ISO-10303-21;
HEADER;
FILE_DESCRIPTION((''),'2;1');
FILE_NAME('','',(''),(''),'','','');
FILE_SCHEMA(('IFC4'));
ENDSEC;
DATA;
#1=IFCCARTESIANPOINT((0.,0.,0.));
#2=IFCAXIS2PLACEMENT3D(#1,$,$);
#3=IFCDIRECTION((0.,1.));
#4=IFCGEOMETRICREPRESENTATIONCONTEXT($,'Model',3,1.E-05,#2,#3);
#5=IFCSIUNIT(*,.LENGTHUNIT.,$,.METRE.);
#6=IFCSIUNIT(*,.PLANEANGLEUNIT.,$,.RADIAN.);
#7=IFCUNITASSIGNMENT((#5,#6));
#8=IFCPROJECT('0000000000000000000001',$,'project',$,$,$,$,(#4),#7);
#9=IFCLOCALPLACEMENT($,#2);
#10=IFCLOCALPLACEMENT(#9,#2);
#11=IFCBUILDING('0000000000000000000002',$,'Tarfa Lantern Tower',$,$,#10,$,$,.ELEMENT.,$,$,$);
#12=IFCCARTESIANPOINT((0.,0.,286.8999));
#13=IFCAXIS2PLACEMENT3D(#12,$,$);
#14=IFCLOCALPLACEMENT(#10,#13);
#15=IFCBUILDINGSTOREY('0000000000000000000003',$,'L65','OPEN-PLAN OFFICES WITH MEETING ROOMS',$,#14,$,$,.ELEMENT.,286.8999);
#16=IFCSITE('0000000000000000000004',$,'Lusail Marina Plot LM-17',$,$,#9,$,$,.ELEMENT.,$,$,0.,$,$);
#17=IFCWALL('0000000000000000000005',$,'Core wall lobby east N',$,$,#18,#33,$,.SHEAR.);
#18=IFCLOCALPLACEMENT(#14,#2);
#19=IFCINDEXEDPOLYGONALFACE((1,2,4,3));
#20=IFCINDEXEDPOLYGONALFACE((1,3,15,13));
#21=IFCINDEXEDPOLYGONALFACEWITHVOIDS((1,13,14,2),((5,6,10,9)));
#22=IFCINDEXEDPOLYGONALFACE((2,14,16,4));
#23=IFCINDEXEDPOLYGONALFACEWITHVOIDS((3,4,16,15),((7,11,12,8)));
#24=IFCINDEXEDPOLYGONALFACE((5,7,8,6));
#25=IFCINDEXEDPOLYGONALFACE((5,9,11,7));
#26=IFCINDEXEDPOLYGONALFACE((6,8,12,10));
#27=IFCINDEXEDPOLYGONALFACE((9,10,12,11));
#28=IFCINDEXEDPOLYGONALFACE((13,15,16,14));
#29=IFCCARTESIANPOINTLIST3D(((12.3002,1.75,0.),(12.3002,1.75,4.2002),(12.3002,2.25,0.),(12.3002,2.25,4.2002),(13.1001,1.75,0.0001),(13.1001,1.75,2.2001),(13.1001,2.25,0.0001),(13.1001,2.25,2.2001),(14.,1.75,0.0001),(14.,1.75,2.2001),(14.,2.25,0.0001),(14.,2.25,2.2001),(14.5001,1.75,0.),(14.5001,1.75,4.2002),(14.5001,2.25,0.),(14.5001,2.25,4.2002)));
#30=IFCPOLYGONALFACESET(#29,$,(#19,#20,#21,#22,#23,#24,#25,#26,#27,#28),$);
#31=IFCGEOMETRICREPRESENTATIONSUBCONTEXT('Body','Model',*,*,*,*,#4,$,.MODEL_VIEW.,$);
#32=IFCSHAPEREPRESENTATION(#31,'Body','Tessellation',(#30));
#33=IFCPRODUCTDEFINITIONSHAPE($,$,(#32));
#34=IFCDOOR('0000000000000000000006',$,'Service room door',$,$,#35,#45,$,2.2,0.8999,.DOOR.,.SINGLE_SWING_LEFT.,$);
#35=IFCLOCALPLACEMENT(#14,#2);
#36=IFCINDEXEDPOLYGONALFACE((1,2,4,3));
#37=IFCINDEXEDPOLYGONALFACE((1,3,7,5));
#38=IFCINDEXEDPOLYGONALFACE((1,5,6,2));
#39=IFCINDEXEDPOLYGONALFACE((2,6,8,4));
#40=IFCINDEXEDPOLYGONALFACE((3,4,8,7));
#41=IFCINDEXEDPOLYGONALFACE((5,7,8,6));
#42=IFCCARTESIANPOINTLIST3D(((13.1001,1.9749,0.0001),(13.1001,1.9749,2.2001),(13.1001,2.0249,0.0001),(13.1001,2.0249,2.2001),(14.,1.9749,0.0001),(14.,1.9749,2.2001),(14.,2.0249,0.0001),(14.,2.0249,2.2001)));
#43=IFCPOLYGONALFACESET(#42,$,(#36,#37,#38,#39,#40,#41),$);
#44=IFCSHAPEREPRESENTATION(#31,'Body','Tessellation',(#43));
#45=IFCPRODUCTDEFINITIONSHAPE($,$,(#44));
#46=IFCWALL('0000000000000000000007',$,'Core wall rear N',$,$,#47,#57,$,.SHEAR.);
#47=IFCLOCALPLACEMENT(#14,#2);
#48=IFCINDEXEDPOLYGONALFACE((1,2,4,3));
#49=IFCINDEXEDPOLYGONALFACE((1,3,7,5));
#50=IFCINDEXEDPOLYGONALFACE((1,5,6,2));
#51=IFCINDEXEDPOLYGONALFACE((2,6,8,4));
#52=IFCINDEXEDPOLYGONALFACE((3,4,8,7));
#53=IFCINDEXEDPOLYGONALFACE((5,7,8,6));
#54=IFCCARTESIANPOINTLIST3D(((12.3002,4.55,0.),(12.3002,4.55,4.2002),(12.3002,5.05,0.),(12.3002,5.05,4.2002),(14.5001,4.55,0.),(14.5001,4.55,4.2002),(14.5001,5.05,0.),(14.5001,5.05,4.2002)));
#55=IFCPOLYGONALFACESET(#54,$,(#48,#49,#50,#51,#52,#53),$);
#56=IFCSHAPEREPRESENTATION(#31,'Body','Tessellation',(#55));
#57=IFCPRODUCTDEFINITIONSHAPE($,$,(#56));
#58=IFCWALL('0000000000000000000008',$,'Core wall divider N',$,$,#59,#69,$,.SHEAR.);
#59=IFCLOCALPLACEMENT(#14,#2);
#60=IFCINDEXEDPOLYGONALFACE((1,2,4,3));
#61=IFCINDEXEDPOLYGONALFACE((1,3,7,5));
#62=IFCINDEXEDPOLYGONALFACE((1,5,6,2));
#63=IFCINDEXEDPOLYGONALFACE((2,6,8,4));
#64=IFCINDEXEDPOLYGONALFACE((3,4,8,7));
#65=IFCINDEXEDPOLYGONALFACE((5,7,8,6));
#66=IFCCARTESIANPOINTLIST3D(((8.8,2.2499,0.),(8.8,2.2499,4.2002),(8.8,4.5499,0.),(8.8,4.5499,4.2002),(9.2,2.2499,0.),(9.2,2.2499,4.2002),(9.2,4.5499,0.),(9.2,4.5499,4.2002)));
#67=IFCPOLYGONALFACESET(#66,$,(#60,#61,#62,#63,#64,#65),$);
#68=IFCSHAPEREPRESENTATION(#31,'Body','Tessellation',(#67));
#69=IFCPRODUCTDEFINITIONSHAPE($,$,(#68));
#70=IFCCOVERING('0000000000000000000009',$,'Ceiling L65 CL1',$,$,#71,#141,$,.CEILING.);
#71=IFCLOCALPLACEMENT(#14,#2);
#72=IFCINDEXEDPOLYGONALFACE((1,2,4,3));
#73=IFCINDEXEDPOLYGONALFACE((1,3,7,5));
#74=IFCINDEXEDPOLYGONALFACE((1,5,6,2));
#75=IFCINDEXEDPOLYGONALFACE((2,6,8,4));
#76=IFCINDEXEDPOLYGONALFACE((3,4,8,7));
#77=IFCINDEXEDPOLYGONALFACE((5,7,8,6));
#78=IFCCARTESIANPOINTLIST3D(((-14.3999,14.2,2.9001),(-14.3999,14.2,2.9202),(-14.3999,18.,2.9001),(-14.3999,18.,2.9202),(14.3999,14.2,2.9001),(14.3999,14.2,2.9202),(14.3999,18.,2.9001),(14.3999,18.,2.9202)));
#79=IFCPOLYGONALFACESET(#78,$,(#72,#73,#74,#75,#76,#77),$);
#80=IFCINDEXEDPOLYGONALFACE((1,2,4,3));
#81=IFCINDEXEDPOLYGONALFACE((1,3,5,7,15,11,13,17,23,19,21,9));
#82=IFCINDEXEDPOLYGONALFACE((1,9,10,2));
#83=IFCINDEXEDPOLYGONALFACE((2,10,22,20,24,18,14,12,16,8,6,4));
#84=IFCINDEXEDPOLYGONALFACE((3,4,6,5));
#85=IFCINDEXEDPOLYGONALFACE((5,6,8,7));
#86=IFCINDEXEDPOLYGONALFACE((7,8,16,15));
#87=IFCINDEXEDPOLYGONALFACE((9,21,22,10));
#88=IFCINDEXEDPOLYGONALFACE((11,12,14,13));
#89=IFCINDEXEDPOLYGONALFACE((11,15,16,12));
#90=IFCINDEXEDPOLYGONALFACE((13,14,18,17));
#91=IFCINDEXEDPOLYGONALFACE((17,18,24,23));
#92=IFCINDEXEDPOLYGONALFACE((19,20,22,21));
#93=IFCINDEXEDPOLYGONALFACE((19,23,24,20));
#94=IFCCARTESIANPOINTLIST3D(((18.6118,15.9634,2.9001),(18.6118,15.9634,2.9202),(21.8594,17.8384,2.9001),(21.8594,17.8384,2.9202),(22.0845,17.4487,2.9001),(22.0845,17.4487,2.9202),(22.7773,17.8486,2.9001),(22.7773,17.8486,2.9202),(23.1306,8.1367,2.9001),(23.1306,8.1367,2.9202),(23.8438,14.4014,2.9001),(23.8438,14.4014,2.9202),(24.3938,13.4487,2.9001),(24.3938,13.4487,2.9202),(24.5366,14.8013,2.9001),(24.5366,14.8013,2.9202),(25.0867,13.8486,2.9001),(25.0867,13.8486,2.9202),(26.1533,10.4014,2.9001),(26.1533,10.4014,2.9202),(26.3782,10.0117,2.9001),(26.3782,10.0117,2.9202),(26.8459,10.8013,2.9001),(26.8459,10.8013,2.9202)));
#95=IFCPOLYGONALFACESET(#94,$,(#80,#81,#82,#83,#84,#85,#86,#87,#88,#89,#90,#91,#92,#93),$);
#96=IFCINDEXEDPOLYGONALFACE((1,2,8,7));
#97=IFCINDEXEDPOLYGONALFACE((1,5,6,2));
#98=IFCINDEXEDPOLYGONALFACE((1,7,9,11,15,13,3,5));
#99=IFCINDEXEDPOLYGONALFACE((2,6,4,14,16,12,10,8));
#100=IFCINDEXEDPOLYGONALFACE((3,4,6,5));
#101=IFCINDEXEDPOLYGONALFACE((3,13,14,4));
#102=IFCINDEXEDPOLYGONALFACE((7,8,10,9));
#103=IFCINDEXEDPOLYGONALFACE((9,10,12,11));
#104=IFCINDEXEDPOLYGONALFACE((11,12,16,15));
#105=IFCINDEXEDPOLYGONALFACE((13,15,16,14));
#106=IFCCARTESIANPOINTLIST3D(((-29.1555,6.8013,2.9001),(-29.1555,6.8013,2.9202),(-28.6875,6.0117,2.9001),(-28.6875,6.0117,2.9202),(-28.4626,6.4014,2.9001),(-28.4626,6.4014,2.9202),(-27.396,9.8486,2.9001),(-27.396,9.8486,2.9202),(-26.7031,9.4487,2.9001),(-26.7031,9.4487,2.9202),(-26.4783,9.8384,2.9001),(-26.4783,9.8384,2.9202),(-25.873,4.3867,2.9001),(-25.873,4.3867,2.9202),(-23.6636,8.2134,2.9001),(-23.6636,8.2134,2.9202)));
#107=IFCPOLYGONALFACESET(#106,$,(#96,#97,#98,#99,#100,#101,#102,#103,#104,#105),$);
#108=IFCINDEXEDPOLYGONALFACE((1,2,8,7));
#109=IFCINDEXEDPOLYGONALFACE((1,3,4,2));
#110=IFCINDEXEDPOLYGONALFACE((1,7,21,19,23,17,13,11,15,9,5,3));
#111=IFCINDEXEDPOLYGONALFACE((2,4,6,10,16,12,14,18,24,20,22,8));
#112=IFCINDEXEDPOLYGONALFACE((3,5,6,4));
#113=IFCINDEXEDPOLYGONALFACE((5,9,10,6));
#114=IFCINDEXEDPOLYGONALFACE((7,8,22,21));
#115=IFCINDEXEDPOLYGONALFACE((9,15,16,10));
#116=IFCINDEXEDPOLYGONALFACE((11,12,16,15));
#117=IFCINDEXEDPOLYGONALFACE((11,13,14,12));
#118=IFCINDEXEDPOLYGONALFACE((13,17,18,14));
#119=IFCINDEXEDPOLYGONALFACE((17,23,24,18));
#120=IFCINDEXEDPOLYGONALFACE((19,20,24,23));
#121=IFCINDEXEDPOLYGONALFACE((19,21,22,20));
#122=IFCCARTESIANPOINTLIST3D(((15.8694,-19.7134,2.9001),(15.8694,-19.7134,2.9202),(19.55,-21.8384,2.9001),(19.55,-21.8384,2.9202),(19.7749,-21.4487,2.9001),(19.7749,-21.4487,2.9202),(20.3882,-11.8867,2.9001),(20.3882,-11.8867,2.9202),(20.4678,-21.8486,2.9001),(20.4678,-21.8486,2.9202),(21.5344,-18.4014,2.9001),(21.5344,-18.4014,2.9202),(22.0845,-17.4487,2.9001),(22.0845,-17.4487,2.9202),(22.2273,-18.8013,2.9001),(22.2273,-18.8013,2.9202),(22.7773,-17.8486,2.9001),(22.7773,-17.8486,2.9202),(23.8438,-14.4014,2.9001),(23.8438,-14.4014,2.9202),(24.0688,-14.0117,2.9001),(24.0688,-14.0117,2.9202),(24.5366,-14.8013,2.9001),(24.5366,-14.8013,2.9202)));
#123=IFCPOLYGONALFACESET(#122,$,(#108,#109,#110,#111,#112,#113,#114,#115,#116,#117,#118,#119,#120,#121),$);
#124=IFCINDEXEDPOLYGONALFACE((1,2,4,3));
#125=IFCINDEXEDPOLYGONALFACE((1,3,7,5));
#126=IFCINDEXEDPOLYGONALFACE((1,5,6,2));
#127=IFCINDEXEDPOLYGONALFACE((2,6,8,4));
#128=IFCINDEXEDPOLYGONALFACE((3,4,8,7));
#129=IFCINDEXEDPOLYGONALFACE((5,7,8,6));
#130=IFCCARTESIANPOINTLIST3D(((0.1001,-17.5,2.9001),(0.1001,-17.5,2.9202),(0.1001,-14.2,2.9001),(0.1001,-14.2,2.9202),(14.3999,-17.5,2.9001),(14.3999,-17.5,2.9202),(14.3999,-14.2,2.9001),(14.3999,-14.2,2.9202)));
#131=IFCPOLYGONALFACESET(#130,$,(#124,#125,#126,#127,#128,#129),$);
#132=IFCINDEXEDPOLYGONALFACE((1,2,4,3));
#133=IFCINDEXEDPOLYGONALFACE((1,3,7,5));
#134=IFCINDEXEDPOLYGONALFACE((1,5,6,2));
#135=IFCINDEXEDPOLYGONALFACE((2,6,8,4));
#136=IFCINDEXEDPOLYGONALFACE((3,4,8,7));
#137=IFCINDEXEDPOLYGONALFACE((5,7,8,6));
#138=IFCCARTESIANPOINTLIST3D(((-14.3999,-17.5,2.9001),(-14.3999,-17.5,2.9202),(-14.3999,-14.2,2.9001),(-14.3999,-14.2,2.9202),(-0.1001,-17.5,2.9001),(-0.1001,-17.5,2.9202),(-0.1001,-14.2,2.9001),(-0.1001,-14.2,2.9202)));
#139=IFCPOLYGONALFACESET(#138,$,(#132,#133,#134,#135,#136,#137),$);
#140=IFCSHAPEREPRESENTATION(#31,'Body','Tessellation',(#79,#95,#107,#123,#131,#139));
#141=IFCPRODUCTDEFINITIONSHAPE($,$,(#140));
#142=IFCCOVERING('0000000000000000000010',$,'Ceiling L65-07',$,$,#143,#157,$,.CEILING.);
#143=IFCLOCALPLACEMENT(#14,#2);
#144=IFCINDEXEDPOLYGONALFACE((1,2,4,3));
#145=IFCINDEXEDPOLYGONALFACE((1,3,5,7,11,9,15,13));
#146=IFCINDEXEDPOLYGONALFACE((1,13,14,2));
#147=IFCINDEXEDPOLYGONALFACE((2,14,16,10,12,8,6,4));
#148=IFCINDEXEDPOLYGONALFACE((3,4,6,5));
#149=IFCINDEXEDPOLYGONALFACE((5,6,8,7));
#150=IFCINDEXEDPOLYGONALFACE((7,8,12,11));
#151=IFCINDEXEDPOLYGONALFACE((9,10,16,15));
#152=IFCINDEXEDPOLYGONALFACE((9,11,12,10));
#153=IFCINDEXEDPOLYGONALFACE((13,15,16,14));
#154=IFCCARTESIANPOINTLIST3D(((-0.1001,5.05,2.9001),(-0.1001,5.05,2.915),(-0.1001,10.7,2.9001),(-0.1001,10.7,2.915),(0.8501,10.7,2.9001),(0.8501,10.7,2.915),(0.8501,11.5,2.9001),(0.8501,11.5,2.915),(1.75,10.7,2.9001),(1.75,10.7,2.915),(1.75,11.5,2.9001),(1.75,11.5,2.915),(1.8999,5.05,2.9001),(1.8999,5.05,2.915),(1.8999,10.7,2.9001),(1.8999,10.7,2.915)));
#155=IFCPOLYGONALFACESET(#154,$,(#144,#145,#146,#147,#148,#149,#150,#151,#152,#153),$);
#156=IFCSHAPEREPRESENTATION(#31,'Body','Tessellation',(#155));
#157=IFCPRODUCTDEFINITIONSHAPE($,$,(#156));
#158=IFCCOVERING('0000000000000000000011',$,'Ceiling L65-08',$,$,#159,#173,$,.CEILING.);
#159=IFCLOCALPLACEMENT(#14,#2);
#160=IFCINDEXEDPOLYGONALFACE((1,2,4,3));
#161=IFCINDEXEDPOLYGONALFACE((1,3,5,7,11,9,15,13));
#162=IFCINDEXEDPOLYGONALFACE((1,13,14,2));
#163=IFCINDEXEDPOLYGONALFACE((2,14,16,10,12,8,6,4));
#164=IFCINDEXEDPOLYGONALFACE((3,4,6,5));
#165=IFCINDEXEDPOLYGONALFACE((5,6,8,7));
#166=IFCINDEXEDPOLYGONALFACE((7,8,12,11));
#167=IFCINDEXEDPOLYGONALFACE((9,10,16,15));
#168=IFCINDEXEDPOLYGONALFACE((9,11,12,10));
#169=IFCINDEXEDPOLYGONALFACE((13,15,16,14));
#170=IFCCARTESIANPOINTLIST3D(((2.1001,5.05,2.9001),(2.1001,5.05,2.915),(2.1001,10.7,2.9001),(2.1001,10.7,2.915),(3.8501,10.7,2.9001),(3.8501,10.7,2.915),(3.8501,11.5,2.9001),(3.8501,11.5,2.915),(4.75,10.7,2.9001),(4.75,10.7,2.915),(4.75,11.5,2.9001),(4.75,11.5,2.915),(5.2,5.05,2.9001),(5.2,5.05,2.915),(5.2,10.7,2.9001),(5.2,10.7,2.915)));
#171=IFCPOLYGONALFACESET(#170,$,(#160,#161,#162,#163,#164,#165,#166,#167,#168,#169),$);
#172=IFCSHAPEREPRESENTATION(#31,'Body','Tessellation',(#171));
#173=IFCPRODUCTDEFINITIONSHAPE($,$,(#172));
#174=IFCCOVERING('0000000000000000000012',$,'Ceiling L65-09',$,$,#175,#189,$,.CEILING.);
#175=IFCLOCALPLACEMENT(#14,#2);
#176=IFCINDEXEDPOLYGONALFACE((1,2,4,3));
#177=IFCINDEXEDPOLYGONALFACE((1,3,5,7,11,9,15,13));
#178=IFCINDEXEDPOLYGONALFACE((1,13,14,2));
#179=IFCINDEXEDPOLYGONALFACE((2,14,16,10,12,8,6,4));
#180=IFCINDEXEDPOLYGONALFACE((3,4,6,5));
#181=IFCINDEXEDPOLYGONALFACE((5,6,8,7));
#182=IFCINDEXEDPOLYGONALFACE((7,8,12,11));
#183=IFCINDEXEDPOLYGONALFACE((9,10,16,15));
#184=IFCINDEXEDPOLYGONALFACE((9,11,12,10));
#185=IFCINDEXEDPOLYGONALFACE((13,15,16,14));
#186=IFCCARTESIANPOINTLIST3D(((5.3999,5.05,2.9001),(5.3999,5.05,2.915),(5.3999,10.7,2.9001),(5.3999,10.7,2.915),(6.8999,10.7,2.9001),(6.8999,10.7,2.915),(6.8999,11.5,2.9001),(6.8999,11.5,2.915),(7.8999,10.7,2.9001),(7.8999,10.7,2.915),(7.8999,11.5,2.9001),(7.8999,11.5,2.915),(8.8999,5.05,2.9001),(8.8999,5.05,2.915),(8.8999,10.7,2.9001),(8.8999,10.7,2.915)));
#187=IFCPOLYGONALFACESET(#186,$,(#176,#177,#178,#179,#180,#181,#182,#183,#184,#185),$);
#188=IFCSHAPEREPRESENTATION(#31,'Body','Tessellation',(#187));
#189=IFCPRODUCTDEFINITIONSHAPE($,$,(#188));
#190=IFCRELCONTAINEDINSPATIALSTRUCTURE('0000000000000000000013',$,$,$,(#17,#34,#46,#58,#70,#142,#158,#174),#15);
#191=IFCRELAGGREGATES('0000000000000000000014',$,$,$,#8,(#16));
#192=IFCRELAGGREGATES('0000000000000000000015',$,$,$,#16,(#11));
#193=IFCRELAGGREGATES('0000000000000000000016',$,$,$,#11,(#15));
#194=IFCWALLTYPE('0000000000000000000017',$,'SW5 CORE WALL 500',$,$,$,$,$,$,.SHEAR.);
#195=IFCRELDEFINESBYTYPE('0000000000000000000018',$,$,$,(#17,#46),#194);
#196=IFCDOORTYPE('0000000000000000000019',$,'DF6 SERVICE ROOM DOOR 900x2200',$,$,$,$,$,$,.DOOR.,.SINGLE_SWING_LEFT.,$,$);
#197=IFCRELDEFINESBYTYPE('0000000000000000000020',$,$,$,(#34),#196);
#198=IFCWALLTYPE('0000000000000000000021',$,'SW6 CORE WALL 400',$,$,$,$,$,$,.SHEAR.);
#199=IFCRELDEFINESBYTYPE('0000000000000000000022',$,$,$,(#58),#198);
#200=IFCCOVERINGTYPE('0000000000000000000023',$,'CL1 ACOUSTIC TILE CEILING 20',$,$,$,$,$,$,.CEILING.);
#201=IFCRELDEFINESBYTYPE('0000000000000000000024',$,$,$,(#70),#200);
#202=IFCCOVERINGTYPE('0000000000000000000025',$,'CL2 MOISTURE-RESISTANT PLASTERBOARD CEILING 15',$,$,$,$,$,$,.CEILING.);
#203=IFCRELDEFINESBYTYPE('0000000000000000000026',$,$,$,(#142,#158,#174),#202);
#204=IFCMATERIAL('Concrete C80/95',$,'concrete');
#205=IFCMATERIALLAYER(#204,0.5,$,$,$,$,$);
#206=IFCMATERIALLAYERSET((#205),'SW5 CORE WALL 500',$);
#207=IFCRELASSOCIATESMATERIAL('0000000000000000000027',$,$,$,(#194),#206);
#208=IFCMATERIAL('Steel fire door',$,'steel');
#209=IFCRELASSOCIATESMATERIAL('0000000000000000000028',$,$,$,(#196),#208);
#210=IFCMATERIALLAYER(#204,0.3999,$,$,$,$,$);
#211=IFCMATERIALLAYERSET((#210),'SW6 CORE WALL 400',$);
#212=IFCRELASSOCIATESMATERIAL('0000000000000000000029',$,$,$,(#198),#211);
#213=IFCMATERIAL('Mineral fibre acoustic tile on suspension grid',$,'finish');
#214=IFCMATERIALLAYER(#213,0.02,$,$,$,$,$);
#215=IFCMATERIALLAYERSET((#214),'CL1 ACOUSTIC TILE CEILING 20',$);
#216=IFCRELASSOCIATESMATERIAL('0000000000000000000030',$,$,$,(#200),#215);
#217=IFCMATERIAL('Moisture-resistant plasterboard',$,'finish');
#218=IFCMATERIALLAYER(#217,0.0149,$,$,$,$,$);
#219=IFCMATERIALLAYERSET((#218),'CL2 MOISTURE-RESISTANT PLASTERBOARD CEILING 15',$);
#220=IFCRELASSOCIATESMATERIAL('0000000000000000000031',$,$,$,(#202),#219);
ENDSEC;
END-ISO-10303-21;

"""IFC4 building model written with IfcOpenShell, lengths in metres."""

from ifc_helpers import new_model, si_unit, direction, frame, frame_2d, origin, place, context, subcontext, project, spatial, polyline, rectangle, outline, extrude, material, layer, layer_set, type_object, element, fill, save


model = new_model("IFC4")

# Units and contexts
model_context = context("Model", 3, precision=1e-05, world=origin(), true_north=direction((0.0, 1.0)))
body_context = subcontext(model_context, "Body", "Model", "MODEL_VIEW")
ifc_project = project(units=[si_unit("LENGTHUNIT", "METRE"), si_unit("PLANEANGLEUNIT", "RADIAN")], contexts=[model_context])

# Site, building, storey
site_placement = place(None, origin())
site = spatial("IfcSite", under=ifc_project, at=site_placement, Name="Lusail Marina Plot LM-17", CompositionType="ELEMENT", RefElevation=0.0)
building_placement = place(site_placement, origin())
building = spatial("IfcBuilding", under=site, at=building_placement, Name="Tarfa Lantern Tower", CompositionType="ELEMENT")
storey_placement = place(building_placement, frame((0.0, 0.0, 286.8999)))
storey = spatial("IfcBuildingStorey", under=building, at=storey_placement, Name="L65", Description="OPEN-PLAN OFFICES WITH MEETING ROOMS", CompositionType="ELEMENT", Elevation=286.8999)

# Wall, opening, door
ifc_material_1 = material(Name="Concrete C80/95", Category="concrete")
ifc_layer_1 = layer(ifc_material_1, 0.5)
ifc_layer_set_1 = layer_set([ifc_layer_1], Name="SW5 CORE WALL 500")
wall_type_1 = type_object("IfcWallType", Name="SW5 CORE WALL 500", PredefinedType="SHEAR", material=ifc_layer_set_1)
wall_1_placement = place(storey_placement, frame((12.3, 2.0, 0.0), z_axis=(0.0, 0.0, 1.0), x_axis=(1.0, 0.0, 0.0)))
wall_1 = element("IfcWall", 1, at=wall_1_placement, inside=storey, type_object=wall_type_1, Name="Core wall lobby east N", PredefinedType="SHEAR", context=body_context, shape_type="SweptSolid", body=[
    extrude(rectangle(XDim=2.2, YDim=0.5, at=frame_2d((1.1001, 0.0))), origin(), (0.0, 0.0, 1.0), 4.2002),
])
opening_1_placement = place(wall_1_placement, frame((0.8, 0.0, 0.0)))
opening_1 = element("IfcOpeningElement", 2, at=opening_1_placement, cuts=wall_1, PredefinedType="OPENING", context=body_context, shape_type="SweptSolid", body=[
    extrude(rectangle(XDim=0.8999, YDim=2.2, at=frame_2d((0.45, 1.1001))), frame((0.0, 0.26, 0.0), z_axis=(0.0, -1.0, 0.0), x_axis=(1.0, 0.0, 0.0)), (0.0, 0.0, 1.0), 0.52),
])
ifc_material_2 = material(Name="Steel fire door", Category="steel")
door_type_1 = type_object("IfcDoorType", Name="DF6 SERVICE ROOM DOOR 900x2200", OperationType="SINGLE_SWING_LEFT", PredefinedType="DOOR", material=ifc_material_2)
door_1_placement = place(opening_1_placement, origin())
door_1 = element("IfcDoor", 3, at=door_1_placement, inside=storey, type_object=door_type_1, Name="Service room door", OperationType="SINGLE_SWING_LEFT", OverallHeight=2.2, OverallWidth=0.8999, PredefinedType="DOOR", context=body_context, shape_type="SweptSolid", body=[
    extrude(rectangle(XDim=0.8999, YDim=2.2, at=frame_2d((0.45, 1.1001))), frame((0.0, 0.0249, 0.0), z_axis=(0.0, -1.0, 0.0), x_axis=(1.0, 0.0, 0.0)), (0.0, 0.0, 1.0), 0.05),
])
fill(opening_1, door_1)

# Walls
wall_2_placement = place(storey_placement, frame((12.3, 4.8, 0.0), z_axis=(0.0, 0.0, 1.0), x_axis=(1.0, 0.0, 0.0)))
element("IfcWall", 4, at=wall_2_placement, inside=storey, type_object=wall_type_1, Name="Core wall rear N", PredefinedType="SHEAR", context=body_context, shape_type="SweptSolid", body=[
    extrude(rectangle(XDim=2.2, YDim=0.5, at=frame_2d((1.1001, 0.0))), origin(), (0.0, 0.0, 1.0), 4.2002),
])
ifc_layer_2 = layer(ifc_material_1, 0.3999)
ifc_layer_set_2 = layer_set([ifc_layer_2], Name="SW6 CORE WALL 400")
wall_type_2 = type_object("IfcWallType", Name="SW6 CORE WALL 400", PredefinedType="SHEAR", material=ifc_layer_set_2)
wall_3_placement = place(storey_placement, frame((9.0, 2.25, 0.0), z_axis=(0.0, 0.0, 1.0), x_axis=(0.0, 1.0, 0.0)))
element("IfcWall", 5, at=wall_3_placement, inside=storey, type_object=wall_type_2, Name="Core wall divider N", PredefinedType="SHEAR", context=body_context, shape_type="SweptSolid", body=[
    extrude(rectangle(XDim=2.3, YDim=0.3999, at=frame_2d((1.1499, 0.0))), origin(), (0.0, 0.0, 1.0), 4.2002),
])

# Coverings
ifc_material_3 = material(Name="Mineral fibre acoustic tile on suspension grid", Category="finish")
ifc_layer_3 = layer(ifc_material_3, 0.02)
ifc_layer_set_3 = layer_set([ifc_layer_3], Name="CL1 ACOUSTIC TILE CEILING 20")
covering_type_1 = type_object("IfcCoveringType", Name="CL1 ACOUSTIC TILE CEILING 20", PredefinedType="CEILING", material=ifc_layer_set_3)
covering_1_placement = place(storey_placement, frame((0.0, 0.0, 2.9001)))
element("IfcCovering", 6, at=covering_1_placement, inside=storey, type_object=covering_type_1, Name="Ceiling L65 CL1", PredefinedType="CEILING", context=body_context, shape_type="SweptSolid", body=[
    extrude(outline(polyline([(-14.3999, 18.0), (14.3999, 18.0), (14.3999, 14.2), (-14.3999, 14.2), (-14.3999, 18.0)])), origin(), (0.0, 0.0, 1.0), 0.02),
    extrude(outline(polyline([(18.6118, 15.9634), (21.8594, 17.8384), (22.0845, 17.4487), (22.7773, 17.8486), (24.5366, 14.8013), (23.8438, 14.4014), (24.3938, 13.4487), (25.0867, 13.8486), (26.8459, 10.8013), (26.1533, 10.4014), (26.3782, 10.0117), (23.1306, 8.1367), (18.6118, 15.9634)])), origin(), (0.0, 0.0, 1.0), 0.02),
    extrude(outline(polyline([(-25.873, 4.3867), (-28.6875, 6.0117), (-28.4626, 6.4014), (-29.1555, 6.8013), (-27.396, 9.8486), (-26.7031, 9.4487), (-26.4783, 9.8384), (-23.6636, 8.2134), (-25.873, 4.3867)])), origin(), (0.0, 0.0, 1.0), 0.02),
    extrude(outline(polyline([(20.3882, -11.8867), (24.0688, -14.0117), (23.8438, -14.4014), (24.5366, -14.8013), (22.7773, -17.8486), (22.0845, -17.4487), (21.5344, -18.4014), (22.2273, -18.8013), (20.4678, -21.8486), (19.7749, -21.4487), (19.55, -21.8384), (15.8694, -19.7134), (20.3882, -11.8867)])), origin(), (0.0, 0.0, 1.0), 0.02),
    extrude(outline(polyline([(0.1001, -14.2), (14.3999, -14.2), (14.3999, -17.5), (0.1001, -17.5), (0.1001, -14.2)])), origin(), (0.0, 0.0, 1.0), 0.02),
    extrude(outline(polyline([(-14.3999, -14.2), (-0.1001, -14.2), (-0.1001, -17.5), (-14.3999, -17.5), (-14.3999, -14.2)])), origin(), (0.0, 0.0, 1.0), 0.02),
])
ifc_material_4 = material(Name="Moisture-resistant plasterboard", Category="finish")
ifc_layer_4 = layer(ifc_material_4, 0.0149)
ifc_layer_set_4 = layer_set([ifc_layer_4], Name="CL2 MOISTURE-RESISTANT PLASTERBOARD CEILING 15")
covering_type_2 = type_object("IfcCoveringType", Name="CL2 MOISTURE-RESISTANT PLASTERBOARD CEILING 15", PredefinedType="CEILING", material=ifc_layer_set_4)
covering_2_placement = place(storey_placement, frame((0.0, 0.0, 2.9001)))
element("IfcCovering", 7, at=covering_2_placement, inside=storey, type_object=covering_type_2, Name="Ceiling L65-07", PredefinedType="CEILING", context=body_context, shape_type="SweptSolid", body=[
    extrude(outline(polyline([(0.8501, 10.7), (-0.1001, 10.7), (-0.1001, 5.05), (1.8999, 5.05), (1.8999, 10.7), (1.75, 10.7), (1.75, 11.5), (1.75, 11.5), (0.8501, 11.5), (0.8501, 10.7)])), origin(), (0.0, 0.0, 1.0), 0.0149),
])
covering_3_placement = place(storey_placement, frame((0.0, 0.0, 2.9001)))
element("IfcCovering", 8, at=covering_3_placement, inside=storey, type_object=covering_type_2, Name="Ceiling L65-08", PredefinedType="CEILING", context=body_context, shape_type="SweptSolid", body=[
    extrude(outline(polyline([(2.1001, 5.05), (5.2, 5.05), (5.2, 10.7), (4.75, 10.7), (4.75, 11.5), (3.8501, 11.5), (3.8501, 10.7), (2.1001, 10.7), (2.1001, 5.05)])), origin(), (0.0, 0.0, 1.0), 0.0149),
])
covering_4_placement = place(storey_placement, frame((0.0, 0.0, 2.9001)))
element("IfcCovering", 9, at=covering_4_placement, inside=storey, type_object=covering_type_2, Name="Ceiling L65-09", PredefinedType="CEILING", context=body_context, shape_type="SweptSolid", body=[
    extrude(outline(polyline([(5.3999, 5.05), (8.8999, 5.05), (8.8999, 10.7), (7.8999, 10.7), (7.8999, 11.5), (6.8999, 11.5), (6.8999, 10.7), (5.3999, 10.7), (5.3999, 5.05)])), origin(), (0.0, 0.0, 1.0), 0.0149),
])

save(model, "model.ifc")
